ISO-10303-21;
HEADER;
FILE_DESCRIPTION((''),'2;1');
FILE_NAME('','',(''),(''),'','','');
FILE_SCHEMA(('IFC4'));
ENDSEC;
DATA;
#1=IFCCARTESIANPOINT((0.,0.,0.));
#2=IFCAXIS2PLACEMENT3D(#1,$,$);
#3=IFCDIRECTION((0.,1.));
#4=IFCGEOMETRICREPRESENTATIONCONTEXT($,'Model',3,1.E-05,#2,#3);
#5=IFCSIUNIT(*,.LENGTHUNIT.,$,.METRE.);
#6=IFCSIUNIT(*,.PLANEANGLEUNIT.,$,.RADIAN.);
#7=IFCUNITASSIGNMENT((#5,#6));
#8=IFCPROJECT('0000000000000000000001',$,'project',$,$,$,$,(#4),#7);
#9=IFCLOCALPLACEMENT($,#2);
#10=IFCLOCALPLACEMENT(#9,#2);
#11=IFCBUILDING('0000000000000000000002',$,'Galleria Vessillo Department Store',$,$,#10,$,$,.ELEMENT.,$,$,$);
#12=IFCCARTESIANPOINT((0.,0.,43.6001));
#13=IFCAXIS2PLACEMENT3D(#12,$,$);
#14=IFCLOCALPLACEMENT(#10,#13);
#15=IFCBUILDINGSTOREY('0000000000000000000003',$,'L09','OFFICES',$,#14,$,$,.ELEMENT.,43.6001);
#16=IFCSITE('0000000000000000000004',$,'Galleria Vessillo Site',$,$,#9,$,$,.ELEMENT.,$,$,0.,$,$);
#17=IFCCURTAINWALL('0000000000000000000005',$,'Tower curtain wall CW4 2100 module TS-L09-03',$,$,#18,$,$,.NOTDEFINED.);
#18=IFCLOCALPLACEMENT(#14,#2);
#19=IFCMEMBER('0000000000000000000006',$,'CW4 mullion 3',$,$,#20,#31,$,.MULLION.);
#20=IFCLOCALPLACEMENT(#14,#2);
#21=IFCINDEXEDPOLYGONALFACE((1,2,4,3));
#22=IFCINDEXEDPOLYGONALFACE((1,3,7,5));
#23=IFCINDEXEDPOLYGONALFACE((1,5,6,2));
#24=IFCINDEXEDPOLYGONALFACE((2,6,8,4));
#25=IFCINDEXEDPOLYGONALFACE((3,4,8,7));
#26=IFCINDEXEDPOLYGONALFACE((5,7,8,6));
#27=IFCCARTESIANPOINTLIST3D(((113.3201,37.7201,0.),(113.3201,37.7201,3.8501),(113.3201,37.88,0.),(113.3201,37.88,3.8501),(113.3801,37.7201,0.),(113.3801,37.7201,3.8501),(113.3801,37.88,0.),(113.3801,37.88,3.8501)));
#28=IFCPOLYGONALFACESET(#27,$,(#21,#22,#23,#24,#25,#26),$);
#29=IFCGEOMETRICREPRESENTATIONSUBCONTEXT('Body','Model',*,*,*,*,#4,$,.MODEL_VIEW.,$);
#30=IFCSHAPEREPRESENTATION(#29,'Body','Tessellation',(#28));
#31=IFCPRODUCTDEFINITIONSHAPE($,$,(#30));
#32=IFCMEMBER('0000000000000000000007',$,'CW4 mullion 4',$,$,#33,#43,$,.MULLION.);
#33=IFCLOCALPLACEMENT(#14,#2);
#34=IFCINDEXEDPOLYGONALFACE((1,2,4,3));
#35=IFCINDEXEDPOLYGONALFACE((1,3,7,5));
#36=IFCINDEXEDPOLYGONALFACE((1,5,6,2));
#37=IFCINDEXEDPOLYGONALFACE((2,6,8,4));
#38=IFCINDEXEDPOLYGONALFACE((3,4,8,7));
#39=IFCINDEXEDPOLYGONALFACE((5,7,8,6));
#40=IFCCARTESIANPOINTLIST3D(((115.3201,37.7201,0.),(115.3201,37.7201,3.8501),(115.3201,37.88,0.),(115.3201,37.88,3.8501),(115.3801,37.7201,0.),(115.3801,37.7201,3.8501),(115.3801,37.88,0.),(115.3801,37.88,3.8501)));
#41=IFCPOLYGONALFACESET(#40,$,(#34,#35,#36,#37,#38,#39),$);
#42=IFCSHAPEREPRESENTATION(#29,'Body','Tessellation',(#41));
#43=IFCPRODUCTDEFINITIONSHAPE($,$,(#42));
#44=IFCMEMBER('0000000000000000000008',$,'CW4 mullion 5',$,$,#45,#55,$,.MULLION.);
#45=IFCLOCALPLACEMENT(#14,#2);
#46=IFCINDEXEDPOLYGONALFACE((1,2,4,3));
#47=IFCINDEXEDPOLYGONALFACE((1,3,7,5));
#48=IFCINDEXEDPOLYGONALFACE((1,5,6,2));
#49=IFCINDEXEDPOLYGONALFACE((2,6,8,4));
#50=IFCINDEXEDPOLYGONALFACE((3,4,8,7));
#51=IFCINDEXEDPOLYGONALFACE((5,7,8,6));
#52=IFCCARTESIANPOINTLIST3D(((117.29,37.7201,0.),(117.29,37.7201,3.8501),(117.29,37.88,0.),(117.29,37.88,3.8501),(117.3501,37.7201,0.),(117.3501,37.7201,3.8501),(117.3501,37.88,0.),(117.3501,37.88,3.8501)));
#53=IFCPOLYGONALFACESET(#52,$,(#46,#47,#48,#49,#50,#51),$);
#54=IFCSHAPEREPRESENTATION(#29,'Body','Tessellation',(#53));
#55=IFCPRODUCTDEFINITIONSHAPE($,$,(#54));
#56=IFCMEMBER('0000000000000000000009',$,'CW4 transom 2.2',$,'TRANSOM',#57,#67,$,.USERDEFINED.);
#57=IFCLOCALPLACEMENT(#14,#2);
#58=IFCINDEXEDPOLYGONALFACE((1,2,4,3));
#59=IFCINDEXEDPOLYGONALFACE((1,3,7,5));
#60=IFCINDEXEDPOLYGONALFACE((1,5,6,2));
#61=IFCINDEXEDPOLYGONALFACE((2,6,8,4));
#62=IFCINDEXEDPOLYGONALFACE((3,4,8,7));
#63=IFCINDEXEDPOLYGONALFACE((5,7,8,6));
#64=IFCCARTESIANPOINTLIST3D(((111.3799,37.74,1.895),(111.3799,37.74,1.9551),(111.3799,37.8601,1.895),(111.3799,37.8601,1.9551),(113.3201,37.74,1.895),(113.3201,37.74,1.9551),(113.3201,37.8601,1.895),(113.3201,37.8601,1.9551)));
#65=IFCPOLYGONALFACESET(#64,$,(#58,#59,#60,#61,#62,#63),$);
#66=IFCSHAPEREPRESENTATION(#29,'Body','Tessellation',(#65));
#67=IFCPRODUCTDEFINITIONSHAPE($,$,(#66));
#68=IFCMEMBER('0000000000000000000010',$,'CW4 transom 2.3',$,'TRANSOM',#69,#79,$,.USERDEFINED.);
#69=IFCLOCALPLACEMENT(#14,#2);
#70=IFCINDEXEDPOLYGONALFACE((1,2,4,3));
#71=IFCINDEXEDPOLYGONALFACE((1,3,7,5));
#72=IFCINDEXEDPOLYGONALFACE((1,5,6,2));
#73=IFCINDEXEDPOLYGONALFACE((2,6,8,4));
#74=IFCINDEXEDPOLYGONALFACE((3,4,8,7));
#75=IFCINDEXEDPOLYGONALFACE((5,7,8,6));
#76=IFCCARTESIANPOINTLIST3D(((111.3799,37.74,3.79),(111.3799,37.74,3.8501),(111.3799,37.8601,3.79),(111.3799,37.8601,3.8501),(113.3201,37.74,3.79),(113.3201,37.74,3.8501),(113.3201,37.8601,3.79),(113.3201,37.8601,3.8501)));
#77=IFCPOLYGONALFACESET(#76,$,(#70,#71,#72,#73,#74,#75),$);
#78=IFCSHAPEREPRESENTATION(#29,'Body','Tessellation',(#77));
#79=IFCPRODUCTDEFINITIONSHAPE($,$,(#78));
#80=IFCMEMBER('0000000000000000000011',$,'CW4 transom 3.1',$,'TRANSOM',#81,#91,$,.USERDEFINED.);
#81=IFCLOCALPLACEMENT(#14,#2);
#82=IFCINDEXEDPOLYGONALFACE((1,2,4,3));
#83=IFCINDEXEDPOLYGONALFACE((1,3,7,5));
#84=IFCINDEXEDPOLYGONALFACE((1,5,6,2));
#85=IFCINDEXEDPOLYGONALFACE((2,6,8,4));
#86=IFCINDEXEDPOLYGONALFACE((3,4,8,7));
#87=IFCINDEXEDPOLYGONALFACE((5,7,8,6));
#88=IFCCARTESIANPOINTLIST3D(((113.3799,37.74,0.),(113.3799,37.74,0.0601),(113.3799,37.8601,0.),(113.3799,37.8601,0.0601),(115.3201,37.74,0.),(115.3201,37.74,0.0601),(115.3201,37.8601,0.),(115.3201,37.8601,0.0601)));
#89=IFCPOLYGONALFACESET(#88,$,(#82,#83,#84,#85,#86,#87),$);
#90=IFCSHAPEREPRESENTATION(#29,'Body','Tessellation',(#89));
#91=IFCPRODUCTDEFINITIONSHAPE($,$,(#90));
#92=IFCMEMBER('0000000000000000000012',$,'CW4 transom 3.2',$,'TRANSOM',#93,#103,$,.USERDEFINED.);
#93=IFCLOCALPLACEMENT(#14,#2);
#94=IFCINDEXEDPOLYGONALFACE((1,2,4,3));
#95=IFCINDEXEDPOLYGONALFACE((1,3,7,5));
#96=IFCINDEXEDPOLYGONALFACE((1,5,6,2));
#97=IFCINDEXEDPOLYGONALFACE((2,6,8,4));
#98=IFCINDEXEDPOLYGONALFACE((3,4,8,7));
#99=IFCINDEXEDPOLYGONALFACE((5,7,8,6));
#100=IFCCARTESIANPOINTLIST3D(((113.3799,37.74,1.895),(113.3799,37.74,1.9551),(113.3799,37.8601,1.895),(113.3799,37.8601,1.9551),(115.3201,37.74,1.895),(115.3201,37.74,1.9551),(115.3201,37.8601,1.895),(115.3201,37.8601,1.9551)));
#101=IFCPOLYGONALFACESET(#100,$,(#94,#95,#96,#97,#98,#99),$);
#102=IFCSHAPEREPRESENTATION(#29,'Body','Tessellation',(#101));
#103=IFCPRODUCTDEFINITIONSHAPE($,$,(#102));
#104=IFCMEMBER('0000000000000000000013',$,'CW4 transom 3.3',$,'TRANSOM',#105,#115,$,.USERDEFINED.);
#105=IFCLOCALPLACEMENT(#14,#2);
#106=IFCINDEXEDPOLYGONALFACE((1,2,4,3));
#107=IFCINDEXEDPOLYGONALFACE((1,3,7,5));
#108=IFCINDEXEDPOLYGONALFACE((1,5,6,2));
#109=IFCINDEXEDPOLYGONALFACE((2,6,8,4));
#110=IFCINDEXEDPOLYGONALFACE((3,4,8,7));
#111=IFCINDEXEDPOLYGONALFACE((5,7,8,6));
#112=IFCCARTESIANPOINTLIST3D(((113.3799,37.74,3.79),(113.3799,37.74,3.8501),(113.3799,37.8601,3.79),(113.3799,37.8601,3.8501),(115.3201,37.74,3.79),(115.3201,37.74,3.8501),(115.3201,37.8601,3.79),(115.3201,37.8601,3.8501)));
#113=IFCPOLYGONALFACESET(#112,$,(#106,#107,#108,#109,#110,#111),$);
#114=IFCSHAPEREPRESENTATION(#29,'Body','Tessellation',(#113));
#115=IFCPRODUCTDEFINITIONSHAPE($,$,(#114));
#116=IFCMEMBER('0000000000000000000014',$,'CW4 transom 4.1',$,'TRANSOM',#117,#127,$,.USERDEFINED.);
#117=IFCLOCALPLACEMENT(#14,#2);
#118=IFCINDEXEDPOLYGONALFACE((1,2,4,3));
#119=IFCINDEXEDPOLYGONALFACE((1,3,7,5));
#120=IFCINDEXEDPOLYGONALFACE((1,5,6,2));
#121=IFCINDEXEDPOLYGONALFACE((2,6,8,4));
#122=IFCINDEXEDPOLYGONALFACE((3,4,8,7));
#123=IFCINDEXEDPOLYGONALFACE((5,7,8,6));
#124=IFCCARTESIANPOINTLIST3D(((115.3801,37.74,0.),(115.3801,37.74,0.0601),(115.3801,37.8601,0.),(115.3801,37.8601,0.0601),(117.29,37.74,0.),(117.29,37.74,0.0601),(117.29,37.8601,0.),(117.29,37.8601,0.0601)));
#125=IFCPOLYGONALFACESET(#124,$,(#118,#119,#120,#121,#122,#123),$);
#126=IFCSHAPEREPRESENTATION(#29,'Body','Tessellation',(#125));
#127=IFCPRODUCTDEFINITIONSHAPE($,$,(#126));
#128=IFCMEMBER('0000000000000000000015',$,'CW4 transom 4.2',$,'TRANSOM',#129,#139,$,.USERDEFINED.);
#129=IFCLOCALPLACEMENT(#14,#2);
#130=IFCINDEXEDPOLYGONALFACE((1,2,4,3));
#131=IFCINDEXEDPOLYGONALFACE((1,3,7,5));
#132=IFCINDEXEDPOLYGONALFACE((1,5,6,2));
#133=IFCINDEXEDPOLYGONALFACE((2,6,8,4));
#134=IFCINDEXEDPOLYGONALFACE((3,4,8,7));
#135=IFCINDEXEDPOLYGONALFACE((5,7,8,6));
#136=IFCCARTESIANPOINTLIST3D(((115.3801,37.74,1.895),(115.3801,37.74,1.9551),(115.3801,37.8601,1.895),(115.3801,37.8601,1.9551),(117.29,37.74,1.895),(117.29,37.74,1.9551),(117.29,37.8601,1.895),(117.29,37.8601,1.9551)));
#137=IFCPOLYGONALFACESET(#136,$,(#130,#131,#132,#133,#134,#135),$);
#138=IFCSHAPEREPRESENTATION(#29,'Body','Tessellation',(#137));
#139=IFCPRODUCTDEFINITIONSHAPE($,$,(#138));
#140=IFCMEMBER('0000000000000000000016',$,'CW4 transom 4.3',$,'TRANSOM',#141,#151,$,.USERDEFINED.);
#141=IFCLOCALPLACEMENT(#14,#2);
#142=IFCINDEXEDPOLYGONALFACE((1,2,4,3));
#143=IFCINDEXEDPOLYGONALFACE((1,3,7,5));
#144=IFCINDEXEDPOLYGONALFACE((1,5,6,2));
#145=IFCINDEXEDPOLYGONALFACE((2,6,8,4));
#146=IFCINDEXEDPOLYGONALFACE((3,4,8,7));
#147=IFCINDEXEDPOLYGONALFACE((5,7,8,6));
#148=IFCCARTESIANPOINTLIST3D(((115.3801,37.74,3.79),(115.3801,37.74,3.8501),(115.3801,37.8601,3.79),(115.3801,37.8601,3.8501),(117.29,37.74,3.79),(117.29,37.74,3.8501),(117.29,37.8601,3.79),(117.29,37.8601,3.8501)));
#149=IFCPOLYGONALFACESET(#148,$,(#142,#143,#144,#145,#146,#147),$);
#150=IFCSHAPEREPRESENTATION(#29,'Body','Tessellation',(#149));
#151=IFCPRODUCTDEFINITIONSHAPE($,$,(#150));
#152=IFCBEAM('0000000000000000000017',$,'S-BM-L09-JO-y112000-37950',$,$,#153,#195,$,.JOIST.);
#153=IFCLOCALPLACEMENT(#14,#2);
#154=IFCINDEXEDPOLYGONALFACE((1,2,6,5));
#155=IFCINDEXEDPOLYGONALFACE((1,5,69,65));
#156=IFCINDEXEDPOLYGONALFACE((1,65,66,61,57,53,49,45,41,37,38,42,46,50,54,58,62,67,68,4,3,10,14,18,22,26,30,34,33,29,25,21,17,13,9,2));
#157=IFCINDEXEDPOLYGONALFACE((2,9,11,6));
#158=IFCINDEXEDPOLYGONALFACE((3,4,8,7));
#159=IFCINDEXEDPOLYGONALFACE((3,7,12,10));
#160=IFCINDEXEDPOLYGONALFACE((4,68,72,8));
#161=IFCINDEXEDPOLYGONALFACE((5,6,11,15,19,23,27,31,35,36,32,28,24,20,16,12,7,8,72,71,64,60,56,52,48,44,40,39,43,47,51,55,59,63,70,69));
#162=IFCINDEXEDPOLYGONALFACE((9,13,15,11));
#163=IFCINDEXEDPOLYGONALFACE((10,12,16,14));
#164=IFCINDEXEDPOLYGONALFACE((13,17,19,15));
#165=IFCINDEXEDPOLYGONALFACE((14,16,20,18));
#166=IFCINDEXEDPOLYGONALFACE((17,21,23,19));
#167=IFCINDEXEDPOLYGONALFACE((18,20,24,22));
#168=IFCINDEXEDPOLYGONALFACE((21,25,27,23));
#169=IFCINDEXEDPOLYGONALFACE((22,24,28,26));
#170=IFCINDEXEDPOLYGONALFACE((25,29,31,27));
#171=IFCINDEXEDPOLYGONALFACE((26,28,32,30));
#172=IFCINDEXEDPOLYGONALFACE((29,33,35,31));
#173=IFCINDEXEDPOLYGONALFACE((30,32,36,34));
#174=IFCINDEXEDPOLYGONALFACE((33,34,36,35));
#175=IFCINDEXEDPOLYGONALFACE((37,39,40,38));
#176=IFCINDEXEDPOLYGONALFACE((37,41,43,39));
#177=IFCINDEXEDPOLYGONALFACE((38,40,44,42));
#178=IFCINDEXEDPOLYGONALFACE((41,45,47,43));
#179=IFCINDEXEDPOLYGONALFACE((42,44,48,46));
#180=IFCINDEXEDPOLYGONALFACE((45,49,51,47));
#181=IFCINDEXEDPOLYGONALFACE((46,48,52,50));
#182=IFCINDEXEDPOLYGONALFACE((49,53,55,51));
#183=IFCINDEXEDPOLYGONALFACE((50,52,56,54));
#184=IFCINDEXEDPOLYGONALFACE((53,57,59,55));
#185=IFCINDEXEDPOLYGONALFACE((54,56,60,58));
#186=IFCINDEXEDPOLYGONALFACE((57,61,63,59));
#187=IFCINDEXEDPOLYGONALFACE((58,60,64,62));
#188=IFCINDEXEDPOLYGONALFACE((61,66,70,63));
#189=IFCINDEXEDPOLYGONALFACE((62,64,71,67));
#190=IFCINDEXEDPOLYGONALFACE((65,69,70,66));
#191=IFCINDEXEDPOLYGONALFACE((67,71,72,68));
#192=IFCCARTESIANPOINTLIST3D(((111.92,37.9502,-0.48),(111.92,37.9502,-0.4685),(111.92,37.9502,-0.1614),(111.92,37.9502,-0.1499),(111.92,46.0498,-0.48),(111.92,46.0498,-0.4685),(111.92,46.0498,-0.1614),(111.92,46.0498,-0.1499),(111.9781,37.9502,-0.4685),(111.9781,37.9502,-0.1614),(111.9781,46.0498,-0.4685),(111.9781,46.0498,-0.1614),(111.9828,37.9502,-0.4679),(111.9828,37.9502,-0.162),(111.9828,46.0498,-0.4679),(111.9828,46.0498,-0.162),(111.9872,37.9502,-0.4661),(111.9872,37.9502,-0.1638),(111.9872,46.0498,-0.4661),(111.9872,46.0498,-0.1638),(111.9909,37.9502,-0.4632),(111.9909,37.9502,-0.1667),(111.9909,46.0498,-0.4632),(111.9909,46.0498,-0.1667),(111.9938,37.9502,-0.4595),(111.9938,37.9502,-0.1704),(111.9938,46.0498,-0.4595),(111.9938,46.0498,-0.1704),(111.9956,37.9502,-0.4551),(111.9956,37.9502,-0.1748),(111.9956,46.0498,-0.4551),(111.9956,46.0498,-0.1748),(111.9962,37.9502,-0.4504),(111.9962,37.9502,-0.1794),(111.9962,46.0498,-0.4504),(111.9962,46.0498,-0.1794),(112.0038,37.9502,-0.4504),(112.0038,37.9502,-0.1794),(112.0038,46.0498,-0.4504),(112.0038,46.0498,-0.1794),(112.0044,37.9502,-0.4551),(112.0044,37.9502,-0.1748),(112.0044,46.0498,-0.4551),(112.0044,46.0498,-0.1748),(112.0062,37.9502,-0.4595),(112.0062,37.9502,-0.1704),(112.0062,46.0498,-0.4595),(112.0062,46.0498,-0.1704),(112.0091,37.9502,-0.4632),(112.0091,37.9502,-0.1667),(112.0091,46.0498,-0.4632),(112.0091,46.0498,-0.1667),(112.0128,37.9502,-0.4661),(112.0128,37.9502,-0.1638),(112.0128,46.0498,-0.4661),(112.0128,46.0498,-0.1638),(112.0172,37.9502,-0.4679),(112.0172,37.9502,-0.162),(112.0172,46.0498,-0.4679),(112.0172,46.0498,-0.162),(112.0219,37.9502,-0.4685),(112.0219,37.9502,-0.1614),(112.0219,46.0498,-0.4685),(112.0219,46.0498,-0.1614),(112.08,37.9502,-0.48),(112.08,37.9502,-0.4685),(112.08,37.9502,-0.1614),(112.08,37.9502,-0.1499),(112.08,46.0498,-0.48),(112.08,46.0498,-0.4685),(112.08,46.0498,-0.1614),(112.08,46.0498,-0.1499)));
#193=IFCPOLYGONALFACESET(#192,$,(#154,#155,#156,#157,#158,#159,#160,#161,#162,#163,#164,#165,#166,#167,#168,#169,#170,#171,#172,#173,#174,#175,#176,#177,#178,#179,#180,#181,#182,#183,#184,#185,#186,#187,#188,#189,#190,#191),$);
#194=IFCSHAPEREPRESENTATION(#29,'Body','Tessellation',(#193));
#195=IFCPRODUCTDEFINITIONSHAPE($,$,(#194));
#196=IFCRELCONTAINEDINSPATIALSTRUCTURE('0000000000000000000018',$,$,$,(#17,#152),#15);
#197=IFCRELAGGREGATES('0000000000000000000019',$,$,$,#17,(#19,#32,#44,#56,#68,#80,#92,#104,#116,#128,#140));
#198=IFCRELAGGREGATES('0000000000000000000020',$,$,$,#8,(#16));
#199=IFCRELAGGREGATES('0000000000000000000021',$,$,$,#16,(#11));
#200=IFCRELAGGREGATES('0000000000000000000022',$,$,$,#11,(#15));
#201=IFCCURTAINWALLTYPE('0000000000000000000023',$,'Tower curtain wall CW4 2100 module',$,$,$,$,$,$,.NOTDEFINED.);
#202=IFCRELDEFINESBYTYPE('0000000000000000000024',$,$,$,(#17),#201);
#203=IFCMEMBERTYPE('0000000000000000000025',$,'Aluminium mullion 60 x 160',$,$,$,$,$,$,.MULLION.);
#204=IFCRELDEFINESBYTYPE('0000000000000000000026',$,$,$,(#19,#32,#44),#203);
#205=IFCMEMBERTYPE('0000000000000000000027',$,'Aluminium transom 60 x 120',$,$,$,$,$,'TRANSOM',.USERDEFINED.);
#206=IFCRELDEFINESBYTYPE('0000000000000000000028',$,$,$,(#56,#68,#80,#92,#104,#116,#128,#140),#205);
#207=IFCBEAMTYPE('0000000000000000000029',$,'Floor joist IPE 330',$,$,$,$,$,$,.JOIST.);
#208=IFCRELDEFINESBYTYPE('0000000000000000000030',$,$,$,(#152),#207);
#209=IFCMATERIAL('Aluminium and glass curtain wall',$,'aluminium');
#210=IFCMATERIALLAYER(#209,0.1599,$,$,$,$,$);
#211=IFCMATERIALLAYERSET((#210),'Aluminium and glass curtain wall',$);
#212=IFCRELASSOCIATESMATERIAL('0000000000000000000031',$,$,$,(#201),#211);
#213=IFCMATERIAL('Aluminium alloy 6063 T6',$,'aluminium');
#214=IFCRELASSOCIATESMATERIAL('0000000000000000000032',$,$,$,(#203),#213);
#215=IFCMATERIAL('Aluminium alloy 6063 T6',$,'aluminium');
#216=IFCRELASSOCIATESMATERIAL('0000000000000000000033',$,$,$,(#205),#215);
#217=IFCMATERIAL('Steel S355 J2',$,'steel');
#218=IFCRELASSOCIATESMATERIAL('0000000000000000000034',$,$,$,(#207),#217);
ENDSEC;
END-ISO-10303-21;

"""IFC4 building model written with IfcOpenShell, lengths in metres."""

from ifc_helpers import new_model, si_unit, direction, frame, origin, origin_2d, place, context, subcontext, project, spatial, rectangle, i_section, extrude, material, layer, layer_set, material_profile, profile_set, type_object, element, aggregate, save


model = new_model("IFC4")

# Units and contexts
model_context = context("Model", 3, precision=1e-05, world=origin(), true_north=direction((0.0, 1.0)))
body_context = subcontext(model_context, "Body", "Model", "MODEL_VIEW")
ifc_project = project(units=[si_unit("LENGTHUNIT", "METRE"), si_unit("PLANEANGLEUNIT", "RADIAN")], contexts=[model_context])

# Site, building, storey
site_placement = place(None, origin())
site = spatial("IfcSite", under=ifc_project, at=site_placement, Name="Galleria Vessillo Site", CompositionType="ELEMENT", RefElevation=0.0)
building_placement = place(site_placement, origin())
building = spatial("IfcBuilding", under=site, at=building_placement, Name="Galleria Vessillo Department Store", CompositionType="ELEMENT")
storey_placement = place(building_placement, frame((0.0, 0.0, 43.6001)))
storey = spatial("IfcBuildingStorey", under=building, at=storey_placement, Name="L09", Description="OFFICES", CompositionType="ELEMENT", Elevation=43.6001)

# Curtain wall, members
ifc_material_1 = material(Name="Aluminium and glass curtain wall", Category="aluminium")
ifc_layer_1 = layer(ifc_material_1, 0.1599)
ifc_layer_set_1 = layer_set([ifc_layer_1], Name="Aluminium and glass curtain wall")
curtain_wall_type = type_object("IfcCurtainWallType", Name="Tower curtain wall CW4 2100 module", PredefinedType="NOTDEFINED", material=ifc_layer_set_1)
curtain_wall_placement = place(storey_placement, origin())
curtain_wall = element("IfcCurtainWall", 1, at=curtain_wall_placement, inside=storey, type_object=curtain_wall_type, Name="Tower curtain wall CW4 2100 module TS-L09-03", PredefinedType="NOTDEFINED")
ifc_material_2 = material(Name="Aluminium alloy 6063 T6", Category="aluminium")
ifc_material_profile_1 = material_profile(ifc_material_2, rectangle(XDim=0.1599, YDim=0.0601, at=origin_2d()), Name="AL 60x160")
ifc_profile_set_1 = profile_set([ifc_material_profile_1], Name="Aluminium alloy 6063 T6")
member_type_1 = type_object("IfcMemberType", Name="Aluminium mullion 60 x 160", PredefinedType="MULLION", material=ifc_profile_set_1)
member_1_placement = place(storey_placement, frame((113.3501, 37.8, 0.0), z_axis=(0.0, 0.0, 1.0), x_axis=(0.0, 1.0, 0.0)))
member_1 = element("IfcMember", 2, at=member_1_placement, type_object=member_type_1, Name="CW4 mullion 3", PredefinedType="MULLION", context=body_context, shape_type="SweptSolid", body=[
    extrude(rectangle(XDim=0.1599, YDim=0.0601, at=origin_2d()), origin(), (0.0, 0.0, 1.0), 3.8501),
])
member_2_placement = place(storey_placement, frame((115.3501, 37.8, 0.0), z_axis=(0.0, 0.0, 1.0), x_axis=(0.0, 1.0, 0.0)))
member_2 = element("IfcMember", 3, at=member_2_placement, type_object=member_type_1, Name="CW4 mullion 4", PredefinedType="MULLION", context=body_context, shape_type="SweptSolid", body=[
    extrude(rectangle(XDim=0.1599, YDim=0.0601, at=origin_2d()), origin(), (0.0, 0.0, 1.0), 3.8501),
])
member_3_placement = place(storey_placement, frame((117.3201, 37.8, 0.0), z_axis=(0.0, 0.0, 1.0), x_axis=(0.0, 1.0, 0.0)))
member_3 = element("IfcMember", 4, at=member_3_placement, type_object=member_type_1, Name="CW4 mullion 5", PredefinedType="MULLION", context=body_context, shape_type="SweptSolid", body=[
    extrude(rectangle(XDim=0.1599, YDim=0.0601, at=origin_2d()), origin(), (0.0, 0.0, 1.0), 3.8501),
])
ifc_material_3 = material(Name="Aluminium alloy 6063 T6", Category="aluminium")
ifc_material_profile_2 = material_profile(ifc_material_3, rectangle(XDim=0.1201, YDim=0.0601, at=origin_2d()), Name="AL 60x120")
ifc_profile_set_2 = profile_set([ifc_material_profile_2], Name="Aluminium alloy 6063 T6")
member_type_2 = type_object("IfcMemberType", Name="Aluminium transom 60 x 120", ElementType="TRANSOM", PredefinedType="USERDEFINED", material=ifc_profile_set_2)
member_4_placement = place(storey_placement, frame((111.3799, 37.8, 1.925), z_axis=(1.0, 0.0, 0.0), x_axis=(0.0, 1.0, 0.0)))
member_4 = element("IfcMember", 5, at=member_4_placement, type_object=member_type_2, Name="CW4 transom 2.2", ObjectType="TRANSOM", PredefinedType="USERDEFINED", context=body_context, shape_type="SweptSolid", body=[
    extrude(rectangle(XDim=0.1201, YDim=0.0601, at=origin_2d()), origin(), (0.0, 0.0, 1.0), 1.9402),
])
member_5_placement = place(storey_placement, frame((111.3799, 37.8, 3.8201), z_axis=(1.0, 0.0, 0.0), x_axis=(0.0, 1.0, 0.0)))
member_5 = element("IfcMember", 6, at=member_5_placement, type_object=member_type_2, Name="CW4 transom 2.3", ObjectType="TRANSOM", PredefinedType="USERDEFINED", context=body_context, shape_type="SweptSolid", body=[
    extrude(rectangle(XDim=0.1201, YDim=0.0601, at=origin_2d()), origin(), (0.0, 0.0, 1.0), 1.9402),
])
member_6_placement = place(storey_placement, frame((113.3799, 37.8, 0.03), z_axis=(1.0, 0.0, 0.0), x_axis=(0.0, 1.0, 0.0)))
member_6 = element("IfcMember", 7, at=member_6_placement, type_object=member_type_2, Name="CW4 transom 3.1", ObjectType="TRANSOM", PredefinedType="USERDEFINED", context=body_context, shape_type="SweptSolid", body=[
    extrude(rectangle(XDim=0.1201, YDim=0.0601, at=origin_2d()), origin(), (0.0, 0.0, 1.0), 1.9402),
])
member_7_placement = place(storey_placement, frame((113.3799, 37.8, 1.925), z_axis=(1.0, 0.0, 0.0), x_axis=(0.0, 1.0, 0.0)))
member_7 = element("IfcMember", 8, at=member_7_placement, type_object=member_type_2, Name="CW4 transom 3.2", ObjectType="TRANSOM", PredefinedType="USERDEFINED", context=body_context, shape_type="SweptSolid", body=[
    extrude(rectangle(XDim=0.1201, YDim=0.0601, at=origin_2d()), origin(), (0.0, 0.0, 1.0), 1.9402),
])
member_8_placement = place(storey_placement, frame((113.3799, 37.8, 3.8201), z_axis=(1.0, 0.0, 0.0), x_axis=(0.0, 1.0, 0.0)))
member_8 = element("IfcMember", 9, at=member_8_placement, type_object=member_type_2, Name="CW4 transom 3.3", ObjectType="TRANSOM", PredefinedType="USERDEFINED", context=body_context, shape_type="SweptSolid", body=[
    extrude(rectangle(XDim=0.1201, YDim=0.0601, at=origin_2d()), origin(), (0.0, 0.0, 1.0), 1.9402),
])
member_9_placement = place(storey_placement, frame((115.3801, 37.8, 0.03), z_axis=(1.0, 0.0, 0.0), x_axis=(0.0, 1.0, 0.0)))
member_9 = element("IfcMember", 10, at=member_9_placement, type_object=member_type_2, Name="CW4 transom 4.1", ObjectType="TRANSOM", PredefinedType="USERDEFINED", context=body_context, shape_type="SweptSolid", body=[
    extrude(rectangle(XDim=0.1201, YDim=0.0601, at=origin_2d()), origin(), (0.0, 0.0, 1.0), 1.9099),
])
member_10_placement = place(storey_placement, frame((115.3801, 37.8, 1.925), z_axis=(1.0, 0.0, 0.0), x_axis=(0.0, 1.0, 0.0)))
member_10 = element("IfcMember", 11, at=member_10_placement, type_object=member_type_2, Name="CW4 transom 4.2", ObjectType="TRANSOM", PredefinedType="USERDEFINED", context=body_context, shape_type="SweptSolid", body=[
    extrude(rectangle(XDim=0.1201, YDim=0.0601, at=origin_2d()), origin(), (0.0, 0.0, 1.0), 1.9099),
])
member_11_placement = place(storey_placement, frame((115.3801, 37.8, 3.8201), z_axis=(1.0, 0.0, 0.0), x_axis=(0.0, 1.0, 0.0)))
member_11 = element("IfcMember", 12, at=member_11_placement, type_object=member_type_2, Name="CW4 transom 4.3", ObjectType="TRANSOM", PredefinedType="USERDEFINED", context=body_context, shape_type="SweptSolid", body=[
    extrude(rectangle(XDim=0.1201, YDim=0.0601, at=origin_2d()), origin(), (0.0, 0.0, 1.0), 1.9099),
])

# Beam
ifc_material_4 = material(Name="Steel S355 J2", Category="steel")
ifc_material_profile_3 = material_profile(ifc_material_4, i_section(OverallWidth=0.1599, OverallDepth=0.3301, WebThickness=0.0076, FlangeThickness=0.0115, FilletRadius=0.0181, at=origin_2d()), Name="IPE 330")
ifc_profile_set_3 = profile_set([ifc_material_profile_3], Name="Steel S355 J2")
beam_type = type_object("IfcBeamType", Name="Floor joist IPE 330", PredefinedType="JOIST", material=ifc_profile_set_3)
for number, where, z_axis, x_axis, name in (
    (13, (112.0, 37.9502, -0.3149), (0.0, 1.0, 0.0), (-1.0, 0.0, 0.0), "S-BM-L09-JO-y112000-37950"),
):
    element("IfcBeam", number, at=place(storey_placement, frame(where, z_axis=z_axis, x_axis=x_axis)), inside=storey, type_object=beam_type, Name=name, PredefinedType="JOIST", context=body_context, shape_type="SweptSolid", body=[
        extrude(i_section(OverallWidth=0.1599, OverallDepth=0.3301, WebThickness=0.0076, FlangeThickness=0.0115, FilletRadius=0.0181, at=origin_2d()), origin(), (0.0, 0.0, 1.0), 8.0996),
    ])

aggregate(curtain_wall, [member_1, member_2, member_3, member_4, member_5, member_6, member_7, member_8, member_9, member_10, member_11])

save(model, "model.ifc")
